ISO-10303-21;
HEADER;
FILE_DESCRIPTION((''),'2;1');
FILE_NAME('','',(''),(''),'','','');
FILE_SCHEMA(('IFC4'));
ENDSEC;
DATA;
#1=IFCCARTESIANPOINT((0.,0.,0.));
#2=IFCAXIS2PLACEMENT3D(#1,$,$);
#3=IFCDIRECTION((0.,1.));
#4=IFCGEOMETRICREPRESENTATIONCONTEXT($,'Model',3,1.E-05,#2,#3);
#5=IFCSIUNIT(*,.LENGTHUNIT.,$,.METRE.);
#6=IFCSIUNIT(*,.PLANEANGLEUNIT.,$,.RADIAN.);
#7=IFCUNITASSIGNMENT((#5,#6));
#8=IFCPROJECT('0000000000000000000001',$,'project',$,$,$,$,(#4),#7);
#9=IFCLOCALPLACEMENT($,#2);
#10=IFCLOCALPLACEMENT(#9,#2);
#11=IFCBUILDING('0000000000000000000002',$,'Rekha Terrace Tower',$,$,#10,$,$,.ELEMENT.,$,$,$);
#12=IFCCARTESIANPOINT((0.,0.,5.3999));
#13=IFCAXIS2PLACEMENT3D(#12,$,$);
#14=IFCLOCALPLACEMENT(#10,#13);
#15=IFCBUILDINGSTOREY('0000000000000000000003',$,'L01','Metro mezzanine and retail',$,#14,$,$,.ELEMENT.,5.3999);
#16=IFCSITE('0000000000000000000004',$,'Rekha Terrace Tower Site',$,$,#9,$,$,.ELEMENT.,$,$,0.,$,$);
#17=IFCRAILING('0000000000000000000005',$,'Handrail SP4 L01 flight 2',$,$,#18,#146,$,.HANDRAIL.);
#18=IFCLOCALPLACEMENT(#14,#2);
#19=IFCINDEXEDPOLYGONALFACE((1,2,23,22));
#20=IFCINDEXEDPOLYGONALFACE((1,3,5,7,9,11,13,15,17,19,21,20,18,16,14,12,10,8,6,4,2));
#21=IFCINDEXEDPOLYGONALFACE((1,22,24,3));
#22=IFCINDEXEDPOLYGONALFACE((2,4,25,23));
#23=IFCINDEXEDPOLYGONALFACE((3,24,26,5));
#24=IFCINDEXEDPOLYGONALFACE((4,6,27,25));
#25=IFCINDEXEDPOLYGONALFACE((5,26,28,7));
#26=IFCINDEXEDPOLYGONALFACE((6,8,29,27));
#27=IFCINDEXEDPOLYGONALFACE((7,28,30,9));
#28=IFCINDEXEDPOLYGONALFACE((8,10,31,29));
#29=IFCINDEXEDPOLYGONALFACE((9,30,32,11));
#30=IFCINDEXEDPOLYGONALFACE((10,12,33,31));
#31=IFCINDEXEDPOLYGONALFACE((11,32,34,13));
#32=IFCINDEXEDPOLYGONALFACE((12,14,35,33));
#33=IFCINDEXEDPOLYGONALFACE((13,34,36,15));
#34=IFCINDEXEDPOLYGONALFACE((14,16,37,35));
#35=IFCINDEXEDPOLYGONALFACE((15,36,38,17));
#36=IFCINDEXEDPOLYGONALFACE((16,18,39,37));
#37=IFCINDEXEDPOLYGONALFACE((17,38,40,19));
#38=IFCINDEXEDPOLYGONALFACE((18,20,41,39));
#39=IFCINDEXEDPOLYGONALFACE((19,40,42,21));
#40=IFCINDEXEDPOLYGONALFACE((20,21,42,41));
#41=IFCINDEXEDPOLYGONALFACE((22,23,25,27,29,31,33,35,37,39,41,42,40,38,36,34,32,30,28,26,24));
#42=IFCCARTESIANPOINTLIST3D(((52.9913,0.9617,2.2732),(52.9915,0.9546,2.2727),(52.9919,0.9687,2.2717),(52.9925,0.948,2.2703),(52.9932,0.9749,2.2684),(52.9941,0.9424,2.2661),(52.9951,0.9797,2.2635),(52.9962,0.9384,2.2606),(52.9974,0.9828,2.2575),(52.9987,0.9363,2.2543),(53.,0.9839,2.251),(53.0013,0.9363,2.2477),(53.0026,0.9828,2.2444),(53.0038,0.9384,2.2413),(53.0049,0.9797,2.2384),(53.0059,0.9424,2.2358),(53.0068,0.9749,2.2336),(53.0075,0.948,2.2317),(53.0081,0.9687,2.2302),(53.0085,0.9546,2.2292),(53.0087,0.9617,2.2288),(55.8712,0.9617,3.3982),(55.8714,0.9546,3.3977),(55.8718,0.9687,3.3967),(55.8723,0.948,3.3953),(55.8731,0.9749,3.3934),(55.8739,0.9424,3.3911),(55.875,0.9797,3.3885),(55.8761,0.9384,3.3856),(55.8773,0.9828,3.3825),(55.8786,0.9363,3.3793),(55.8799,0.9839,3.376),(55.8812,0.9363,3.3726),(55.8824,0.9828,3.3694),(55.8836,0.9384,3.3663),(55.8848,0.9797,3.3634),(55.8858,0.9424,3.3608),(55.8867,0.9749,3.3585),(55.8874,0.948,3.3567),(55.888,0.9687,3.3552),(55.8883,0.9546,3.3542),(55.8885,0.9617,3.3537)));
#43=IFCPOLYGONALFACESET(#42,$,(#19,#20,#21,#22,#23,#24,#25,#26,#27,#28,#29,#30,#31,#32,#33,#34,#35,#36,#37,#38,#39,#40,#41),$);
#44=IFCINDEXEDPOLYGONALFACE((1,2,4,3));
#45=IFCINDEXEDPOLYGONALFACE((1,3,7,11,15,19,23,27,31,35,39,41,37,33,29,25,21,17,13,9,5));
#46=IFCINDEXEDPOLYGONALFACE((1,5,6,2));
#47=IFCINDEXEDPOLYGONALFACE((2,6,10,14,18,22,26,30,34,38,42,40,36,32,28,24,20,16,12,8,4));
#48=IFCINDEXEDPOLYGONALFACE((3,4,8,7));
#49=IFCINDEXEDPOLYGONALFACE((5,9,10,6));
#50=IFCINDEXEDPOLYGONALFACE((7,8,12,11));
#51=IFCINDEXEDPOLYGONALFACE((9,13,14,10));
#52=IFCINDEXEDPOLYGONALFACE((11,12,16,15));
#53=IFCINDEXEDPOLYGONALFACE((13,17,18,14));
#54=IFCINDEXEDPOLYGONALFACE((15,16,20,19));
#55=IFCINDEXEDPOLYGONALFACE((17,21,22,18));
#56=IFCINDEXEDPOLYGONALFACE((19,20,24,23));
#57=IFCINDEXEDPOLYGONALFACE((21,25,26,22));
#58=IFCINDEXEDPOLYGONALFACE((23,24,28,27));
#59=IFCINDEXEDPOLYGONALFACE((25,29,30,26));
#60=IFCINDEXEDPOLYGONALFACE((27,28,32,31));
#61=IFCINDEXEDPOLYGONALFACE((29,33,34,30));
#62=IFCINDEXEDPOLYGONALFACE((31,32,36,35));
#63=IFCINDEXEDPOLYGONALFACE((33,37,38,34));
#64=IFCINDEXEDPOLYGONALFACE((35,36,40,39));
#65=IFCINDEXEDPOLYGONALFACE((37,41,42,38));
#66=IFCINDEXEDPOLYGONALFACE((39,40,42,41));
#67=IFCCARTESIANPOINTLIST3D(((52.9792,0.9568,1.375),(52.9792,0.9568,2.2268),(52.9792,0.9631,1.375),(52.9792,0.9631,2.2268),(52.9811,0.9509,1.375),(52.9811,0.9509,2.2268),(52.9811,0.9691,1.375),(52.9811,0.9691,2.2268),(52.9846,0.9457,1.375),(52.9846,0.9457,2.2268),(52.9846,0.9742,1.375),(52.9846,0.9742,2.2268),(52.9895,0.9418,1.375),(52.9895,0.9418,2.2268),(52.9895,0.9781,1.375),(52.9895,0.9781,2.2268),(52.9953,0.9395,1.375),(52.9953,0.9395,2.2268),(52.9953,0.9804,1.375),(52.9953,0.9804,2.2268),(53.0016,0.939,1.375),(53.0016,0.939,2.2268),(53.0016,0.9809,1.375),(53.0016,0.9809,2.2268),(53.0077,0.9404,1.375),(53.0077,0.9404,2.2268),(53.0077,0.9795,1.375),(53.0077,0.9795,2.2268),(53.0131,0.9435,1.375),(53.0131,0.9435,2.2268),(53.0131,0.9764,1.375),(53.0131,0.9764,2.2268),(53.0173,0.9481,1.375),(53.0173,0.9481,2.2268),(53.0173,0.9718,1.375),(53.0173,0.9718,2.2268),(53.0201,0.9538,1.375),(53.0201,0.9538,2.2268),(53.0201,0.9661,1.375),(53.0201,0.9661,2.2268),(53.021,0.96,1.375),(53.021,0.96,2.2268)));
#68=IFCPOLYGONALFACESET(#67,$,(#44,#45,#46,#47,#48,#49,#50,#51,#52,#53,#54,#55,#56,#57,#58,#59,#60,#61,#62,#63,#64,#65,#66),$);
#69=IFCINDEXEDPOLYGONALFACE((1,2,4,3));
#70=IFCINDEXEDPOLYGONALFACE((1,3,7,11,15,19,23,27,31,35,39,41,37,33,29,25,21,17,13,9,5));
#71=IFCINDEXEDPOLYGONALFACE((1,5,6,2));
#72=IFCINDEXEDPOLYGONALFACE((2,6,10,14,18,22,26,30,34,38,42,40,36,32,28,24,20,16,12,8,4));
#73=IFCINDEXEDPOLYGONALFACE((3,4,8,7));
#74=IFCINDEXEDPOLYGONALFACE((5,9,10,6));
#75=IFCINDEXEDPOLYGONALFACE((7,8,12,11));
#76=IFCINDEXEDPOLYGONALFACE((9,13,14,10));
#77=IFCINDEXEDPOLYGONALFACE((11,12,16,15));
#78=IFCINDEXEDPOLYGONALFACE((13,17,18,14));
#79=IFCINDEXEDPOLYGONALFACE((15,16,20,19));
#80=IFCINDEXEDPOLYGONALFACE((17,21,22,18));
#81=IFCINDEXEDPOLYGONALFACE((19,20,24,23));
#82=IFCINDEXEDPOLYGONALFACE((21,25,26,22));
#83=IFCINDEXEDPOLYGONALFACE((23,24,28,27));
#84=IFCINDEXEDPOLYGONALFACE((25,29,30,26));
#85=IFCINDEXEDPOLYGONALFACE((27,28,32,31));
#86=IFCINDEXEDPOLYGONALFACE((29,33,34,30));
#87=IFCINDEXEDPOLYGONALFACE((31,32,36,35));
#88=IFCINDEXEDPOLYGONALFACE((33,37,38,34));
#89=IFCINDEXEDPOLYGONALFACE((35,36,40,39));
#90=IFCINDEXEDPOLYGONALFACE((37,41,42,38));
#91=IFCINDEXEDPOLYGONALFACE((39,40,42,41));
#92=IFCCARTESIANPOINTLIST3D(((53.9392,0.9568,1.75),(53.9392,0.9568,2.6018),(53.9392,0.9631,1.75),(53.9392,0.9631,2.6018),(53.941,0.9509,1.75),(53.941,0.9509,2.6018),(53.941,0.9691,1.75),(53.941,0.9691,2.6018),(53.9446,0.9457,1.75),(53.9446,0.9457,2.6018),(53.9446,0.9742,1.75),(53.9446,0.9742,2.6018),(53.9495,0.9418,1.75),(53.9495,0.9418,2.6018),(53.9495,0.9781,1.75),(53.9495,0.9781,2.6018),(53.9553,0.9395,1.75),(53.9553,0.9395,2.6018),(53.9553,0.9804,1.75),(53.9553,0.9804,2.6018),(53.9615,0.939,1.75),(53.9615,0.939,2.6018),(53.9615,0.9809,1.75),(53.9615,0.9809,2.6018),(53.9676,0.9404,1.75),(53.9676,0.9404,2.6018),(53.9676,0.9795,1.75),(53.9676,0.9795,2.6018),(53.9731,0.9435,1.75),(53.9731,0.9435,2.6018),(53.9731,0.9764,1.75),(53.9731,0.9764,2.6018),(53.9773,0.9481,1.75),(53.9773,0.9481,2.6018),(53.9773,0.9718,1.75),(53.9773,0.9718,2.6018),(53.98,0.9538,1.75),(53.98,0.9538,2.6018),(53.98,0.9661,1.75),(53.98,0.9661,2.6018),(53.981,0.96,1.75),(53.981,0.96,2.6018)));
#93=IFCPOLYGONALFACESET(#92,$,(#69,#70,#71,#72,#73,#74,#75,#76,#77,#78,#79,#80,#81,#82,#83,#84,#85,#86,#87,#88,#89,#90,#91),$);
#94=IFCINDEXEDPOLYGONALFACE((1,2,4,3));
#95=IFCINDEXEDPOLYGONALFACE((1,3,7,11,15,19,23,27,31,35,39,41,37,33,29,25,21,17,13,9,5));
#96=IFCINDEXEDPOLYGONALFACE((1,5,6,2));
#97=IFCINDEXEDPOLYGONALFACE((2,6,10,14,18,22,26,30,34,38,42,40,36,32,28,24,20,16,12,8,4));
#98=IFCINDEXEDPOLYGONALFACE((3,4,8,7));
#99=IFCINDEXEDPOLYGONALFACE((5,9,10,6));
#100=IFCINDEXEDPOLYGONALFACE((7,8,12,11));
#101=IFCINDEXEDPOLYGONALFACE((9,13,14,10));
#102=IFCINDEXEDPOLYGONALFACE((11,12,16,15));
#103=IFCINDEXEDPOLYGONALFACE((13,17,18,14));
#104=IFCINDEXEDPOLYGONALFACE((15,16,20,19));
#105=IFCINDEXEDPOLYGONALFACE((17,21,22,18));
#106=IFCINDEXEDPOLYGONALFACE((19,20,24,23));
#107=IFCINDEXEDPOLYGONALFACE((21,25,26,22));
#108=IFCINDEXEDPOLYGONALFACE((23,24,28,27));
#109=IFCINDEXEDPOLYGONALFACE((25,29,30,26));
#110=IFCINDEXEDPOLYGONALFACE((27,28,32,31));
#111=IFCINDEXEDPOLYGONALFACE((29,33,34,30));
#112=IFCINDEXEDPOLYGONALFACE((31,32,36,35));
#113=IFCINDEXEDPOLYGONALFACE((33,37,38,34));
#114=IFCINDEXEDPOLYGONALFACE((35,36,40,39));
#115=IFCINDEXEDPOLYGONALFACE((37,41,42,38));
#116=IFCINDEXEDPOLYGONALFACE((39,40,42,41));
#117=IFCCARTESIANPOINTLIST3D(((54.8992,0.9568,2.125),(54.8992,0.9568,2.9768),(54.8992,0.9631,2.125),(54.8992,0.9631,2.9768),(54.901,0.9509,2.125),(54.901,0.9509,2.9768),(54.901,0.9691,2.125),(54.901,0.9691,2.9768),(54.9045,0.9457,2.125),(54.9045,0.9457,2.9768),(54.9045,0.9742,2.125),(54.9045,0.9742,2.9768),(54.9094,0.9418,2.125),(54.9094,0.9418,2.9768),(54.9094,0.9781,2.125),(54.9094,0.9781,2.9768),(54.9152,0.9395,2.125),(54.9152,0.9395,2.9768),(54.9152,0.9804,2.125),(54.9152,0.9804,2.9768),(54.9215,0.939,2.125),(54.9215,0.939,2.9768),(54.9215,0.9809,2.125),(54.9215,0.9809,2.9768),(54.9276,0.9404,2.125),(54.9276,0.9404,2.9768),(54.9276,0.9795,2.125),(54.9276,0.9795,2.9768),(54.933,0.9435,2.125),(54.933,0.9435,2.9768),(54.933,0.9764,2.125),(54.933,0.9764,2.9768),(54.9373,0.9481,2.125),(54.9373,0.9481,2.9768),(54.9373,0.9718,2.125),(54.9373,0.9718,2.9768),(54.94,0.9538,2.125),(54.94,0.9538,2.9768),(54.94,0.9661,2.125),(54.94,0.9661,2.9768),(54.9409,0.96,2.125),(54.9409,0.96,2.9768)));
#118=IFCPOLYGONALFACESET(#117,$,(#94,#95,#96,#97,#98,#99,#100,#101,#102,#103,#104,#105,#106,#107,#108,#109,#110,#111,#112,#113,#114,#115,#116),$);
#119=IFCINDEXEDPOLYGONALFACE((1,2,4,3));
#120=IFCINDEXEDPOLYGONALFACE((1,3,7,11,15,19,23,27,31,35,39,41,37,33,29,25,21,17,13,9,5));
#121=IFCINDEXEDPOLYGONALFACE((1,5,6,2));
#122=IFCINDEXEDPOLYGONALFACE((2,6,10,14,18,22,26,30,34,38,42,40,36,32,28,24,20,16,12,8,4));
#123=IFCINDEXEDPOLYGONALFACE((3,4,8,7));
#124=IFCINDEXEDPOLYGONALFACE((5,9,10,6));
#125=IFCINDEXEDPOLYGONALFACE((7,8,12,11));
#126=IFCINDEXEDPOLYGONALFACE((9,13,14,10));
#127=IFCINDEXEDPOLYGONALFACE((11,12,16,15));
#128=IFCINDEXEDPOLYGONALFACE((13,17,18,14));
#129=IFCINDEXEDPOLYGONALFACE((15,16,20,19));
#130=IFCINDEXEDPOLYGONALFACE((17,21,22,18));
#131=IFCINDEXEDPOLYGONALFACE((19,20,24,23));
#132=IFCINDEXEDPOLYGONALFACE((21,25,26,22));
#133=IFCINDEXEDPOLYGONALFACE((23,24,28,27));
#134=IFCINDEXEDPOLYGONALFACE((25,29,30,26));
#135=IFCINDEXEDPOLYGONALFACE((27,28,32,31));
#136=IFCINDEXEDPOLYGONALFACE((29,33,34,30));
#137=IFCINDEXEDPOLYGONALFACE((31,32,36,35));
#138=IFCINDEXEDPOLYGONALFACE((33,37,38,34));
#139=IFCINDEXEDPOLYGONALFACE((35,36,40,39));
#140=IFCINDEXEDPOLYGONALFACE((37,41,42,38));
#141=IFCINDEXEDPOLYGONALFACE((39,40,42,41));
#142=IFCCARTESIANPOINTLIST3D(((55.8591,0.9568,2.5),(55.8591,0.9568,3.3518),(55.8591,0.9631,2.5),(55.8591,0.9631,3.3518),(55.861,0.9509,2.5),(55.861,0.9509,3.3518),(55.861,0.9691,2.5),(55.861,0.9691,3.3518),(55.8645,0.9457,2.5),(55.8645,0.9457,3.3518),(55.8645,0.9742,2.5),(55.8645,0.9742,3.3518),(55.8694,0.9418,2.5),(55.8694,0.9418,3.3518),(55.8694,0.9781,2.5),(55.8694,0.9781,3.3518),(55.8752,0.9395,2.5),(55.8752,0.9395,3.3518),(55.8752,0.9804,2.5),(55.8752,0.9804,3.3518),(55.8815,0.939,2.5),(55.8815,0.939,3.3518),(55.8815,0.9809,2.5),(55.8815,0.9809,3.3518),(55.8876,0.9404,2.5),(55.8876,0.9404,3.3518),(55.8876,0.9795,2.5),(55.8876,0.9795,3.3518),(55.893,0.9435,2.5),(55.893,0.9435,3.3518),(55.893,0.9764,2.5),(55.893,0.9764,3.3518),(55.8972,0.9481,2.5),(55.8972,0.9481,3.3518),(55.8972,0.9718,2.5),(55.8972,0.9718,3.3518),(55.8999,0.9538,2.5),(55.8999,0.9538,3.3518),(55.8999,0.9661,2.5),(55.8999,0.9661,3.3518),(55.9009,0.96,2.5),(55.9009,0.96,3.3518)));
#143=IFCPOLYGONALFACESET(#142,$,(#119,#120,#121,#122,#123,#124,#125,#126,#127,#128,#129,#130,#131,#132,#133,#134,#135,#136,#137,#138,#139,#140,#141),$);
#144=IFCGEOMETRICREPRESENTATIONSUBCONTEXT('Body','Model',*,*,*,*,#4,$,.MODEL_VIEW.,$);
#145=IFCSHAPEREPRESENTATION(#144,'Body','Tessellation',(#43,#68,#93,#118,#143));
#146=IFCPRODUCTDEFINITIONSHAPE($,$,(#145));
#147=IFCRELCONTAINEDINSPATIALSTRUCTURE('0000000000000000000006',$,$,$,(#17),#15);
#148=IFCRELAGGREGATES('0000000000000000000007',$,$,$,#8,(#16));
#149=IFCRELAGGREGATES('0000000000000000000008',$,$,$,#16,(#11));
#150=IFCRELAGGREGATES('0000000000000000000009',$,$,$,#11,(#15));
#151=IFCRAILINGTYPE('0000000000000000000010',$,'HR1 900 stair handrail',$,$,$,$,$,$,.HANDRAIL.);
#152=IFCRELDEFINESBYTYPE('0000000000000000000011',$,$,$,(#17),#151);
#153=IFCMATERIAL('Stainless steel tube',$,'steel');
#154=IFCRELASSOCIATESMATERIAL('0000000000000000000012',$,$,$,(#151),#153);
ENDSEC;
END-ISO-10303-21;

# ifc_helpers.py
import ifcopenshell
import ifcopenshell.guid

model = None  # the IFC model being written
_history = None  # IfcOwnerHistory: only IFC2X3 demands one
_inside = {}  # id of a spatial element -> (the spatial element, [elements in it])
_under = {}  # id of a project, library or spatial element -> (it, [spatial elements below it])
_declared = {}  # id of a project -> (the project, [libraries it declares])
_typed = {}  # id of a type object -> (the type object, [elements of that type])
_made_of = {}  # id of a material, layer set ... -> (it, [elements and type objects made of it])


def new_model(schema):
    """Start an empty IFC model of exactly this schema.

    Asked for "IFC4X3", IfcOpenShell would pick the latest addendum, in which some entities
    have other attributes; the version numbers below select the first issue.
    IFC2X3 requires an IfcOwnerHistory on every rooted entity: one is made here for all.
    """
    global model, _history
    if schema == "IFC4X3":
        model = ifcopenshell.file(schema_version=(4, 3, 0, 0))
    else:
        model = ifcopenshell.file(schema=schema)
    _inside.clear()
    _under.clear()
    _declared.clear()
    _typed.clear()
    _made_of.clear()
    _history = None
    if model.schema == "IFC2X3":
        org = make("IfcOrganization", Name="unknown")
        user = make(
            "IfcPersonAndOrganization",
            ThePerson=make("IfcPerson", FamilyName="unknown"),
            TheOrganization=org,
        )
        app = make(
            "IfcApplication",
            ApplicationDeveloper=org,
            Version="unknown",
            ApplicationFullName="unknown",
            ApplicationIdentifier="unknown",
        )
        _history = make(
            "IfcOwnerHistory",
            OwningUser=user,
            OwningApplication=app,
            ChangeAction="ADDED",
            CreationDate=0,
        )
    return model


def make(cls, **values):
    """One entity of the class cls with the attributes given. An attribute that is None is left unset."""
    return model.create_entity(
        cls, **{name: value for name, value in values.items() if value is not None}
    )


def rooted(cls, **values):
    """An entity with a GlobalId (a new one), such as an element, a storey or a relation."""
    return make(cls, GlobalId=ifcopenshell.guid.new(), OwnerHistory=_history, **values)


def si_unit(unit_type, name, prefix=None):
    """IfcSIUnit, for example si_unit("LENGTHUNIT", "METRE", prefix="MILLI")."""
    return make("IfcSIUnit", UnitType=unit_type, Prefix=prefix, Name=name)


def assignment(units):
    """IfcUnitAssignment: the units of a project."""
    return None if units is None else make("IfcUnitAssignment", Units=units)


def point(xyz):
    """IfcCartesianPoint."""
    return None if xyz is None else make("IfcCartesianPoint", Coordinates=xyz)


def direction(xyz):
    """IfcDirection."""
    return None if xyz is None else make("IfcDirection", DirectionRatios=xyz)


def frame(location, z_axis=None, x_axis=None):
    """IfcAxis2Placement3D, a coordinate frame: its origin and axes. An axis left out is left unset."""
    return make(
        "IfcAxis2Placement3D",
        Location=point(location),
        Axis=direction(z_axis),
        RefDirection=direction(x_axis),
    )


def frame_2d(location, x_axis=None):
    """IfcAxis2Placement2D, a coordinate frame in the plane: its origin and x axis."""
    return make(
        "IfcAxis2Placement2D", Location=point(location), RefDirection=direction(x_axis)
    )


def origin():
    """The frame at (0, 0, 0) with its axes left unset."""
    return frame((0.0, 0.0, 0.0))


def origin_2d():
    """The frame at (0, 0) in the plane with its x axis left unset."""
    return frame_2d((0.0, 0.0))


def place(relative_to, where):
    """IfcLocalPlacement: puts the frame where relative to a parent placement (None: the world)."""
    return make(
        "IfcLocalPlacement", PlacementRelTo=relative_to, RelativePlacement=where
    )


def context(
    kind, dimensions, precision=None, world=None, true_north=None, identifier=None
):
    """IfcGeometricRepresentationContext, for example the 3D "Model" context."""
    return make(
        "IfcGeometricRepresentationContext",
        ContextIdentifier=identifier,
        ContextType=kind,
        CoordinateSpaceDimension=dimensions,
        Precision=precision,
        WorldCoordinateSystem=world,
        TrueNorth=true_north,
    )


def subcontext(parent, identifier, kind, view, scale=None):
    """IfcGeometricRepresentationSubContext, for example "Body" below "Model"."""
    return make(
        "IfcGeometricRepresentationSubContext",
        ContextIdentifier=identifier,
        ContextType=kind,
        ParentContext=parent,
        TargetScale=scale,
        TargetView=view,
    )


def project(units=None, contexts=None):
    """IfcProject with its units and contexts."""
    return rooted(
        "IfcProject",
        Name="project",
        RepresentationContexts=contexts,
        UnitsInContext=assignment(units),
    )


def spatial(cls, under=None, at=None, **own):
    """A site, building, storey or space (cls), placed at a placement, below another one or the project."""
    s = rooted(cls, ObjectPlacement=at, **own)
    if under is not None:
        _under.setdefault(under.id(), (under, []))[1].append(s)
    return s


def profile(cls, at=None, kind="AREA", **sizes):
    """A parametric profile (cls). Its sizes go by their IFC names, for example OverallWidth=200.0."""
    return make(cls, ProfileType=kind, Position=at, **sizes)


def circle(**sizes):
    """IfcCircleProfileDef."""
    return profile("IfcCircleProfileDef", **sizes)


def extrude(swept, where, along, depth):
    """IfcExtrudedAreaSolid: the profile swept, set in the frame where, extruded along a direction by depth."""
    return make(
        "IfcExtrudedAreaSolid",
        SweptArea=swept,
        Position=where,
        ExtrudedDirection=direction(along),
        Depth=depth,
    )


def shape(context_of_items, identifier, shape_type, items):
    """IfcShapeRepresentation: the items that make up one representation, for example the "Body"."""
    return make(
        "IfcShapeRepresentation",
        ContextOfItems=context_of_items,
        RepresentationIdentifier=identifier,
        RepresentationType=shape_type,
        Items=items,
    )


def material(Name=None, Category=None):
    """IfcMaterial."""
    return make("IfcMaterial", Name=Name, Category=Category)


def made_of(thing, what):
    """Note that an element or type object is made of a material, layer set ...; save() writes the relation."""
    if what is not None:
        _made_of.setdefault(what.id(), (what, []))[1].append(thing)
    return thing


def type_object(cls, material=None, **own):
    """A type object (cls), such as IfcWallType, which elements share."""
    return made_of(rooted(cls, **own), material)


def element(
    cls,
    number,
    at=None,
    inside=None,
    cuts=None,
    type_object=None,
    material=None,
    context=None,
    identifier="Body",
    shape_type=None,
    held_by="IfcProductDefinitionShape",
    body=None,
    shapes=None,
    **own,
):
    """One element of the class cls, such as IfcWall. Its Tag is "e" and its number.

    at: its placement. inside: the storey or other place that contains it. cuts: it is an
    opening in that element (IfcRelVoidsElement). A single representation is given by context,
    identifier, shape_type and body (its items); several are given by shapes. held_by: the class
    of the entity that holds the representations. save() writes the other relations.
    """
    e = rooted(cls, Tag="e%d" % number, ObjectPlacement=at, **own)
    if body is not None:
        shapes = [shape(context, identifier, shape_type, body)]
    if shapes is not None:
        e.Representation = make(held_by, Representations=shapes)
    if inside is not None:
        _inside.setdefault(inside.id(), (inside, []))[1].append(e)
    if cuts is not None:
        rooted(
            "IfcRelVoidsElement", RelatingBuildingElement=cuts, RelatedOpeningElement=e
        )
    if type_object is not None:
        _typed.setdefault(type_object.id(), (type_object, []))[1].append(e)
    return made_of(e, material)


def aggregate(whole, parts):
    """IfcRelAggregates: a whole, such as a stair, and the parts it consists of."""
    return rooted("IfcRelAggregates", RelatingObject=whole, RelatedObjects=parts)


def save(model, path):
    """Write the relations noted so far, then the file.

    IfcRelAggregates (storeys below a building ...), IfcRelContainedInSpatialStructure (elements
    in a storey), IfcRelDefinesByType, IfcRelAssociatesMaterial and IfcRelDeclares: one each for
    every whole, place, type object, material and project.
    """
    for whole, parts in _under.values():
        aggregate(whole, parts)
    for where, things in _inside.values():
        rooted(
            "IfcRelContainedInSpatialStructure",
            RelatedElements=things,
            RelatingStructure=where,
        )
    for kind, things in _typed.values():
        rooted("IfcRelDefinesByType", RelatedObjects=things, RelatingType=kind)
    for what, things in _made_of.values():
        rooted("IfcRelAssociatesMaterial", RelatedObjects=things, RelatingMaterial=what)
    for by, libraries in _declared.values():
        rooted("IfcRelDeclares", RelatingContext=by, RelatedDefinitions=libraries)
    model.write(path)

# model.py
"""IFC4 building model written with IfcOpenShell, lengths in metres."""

from ifc_helpers import new_model, si_unit, direction, frame, origin, origin_2d, place, context, subcontext, project, spatial, circle, extrude, material, type_object, element, save


model = new_model("IFC4")

# Units and contexts
model_context = context("Model", 3, precision=1e-05, world=origin(), true_north=direction((0.0, 1.0)))
body_context = subcontext(model_context, "Body", "Model", "MODEL_VIEW")
ifc_project = project(units=[si_unit("LENGTHUNIT", "METRE"), si_unit("PLANEANGLEUNIT", "RADIAN")], contexts=[model_context])

# Site, building, storey
site_placement = place(None, origin())
site = spatial("IfcSite", under=ifc_project, at=site_placement, Name="Rekha Terrace Tower Site", CompositionType="ELEMENT", RefElevation=0.0)
building_placement = place(site_placement, origin())
building = spatial("IfcBuilding", under=site, at=building_placement, Name="Rekha Terrace Tower", CompositionType="ELEMENT")
storey_placement = place(building_placement, frame((0.0, 0.0, 5.3999)))
storey = spatial("IfcBuildingStorey", under=building, at=storey_placement, Name="L01", Description="Metro mezzanine and retail", CompositionType="ELEMENT", Elevation=5.3999)

# Railing
ifc_material_1 = material(Name="Stainless steel tube", Category="steel")
railing_type_1 = type_object("IfcRailingType", Name="HR1 900 stair handrail", PredefinedType="HANDRAIL", material=ifc_material_1)
railing_1_placement = place(storey_placement, frame((53.0, 0.96, 1.375)))
element("IfcRailing", 1, at=railing_1_placement, inside=storey, type_object=railing_type_1, Name="Handrail SP4 L01 flight 2", PredefinedType="HANDRAIL", context=body_context, shape_type="SweptSolid", body=[
    extrude(circle(Radius=0.0239, at=origin_2d()), frame((0.0, 0.0, 0.876), z_axis=(0.931452, 0.0, 0.363863), x_axis=(0.0, 1.0, 0.0)), (0.0, 0.0, 1.0), 3.0918),
    extrude(circle(Radius=0.021, at=origin_2d()), origin(), (0.0, 0.0, 1.0), 0.8518),
    extrude(circle(Radius=0.021, at=origin_2d()), frame((0.96, 0.0, 0.375)), (0.0, 0.0, 1.0), 0.8518),
    extrude(circle(Radius=0.021, at=origin_2d()), frame((1.9199, 0.0, 0.75)), (0.0, 0.0, 1.0), 0.8518),
    extrude(circle(Radius=0.021, at=origin_2d()), frame((2.8799, 0.0, 1.125)), (0.0, 0.0, 1.0), 0.8518),
])

save(model, "model.ifc")
